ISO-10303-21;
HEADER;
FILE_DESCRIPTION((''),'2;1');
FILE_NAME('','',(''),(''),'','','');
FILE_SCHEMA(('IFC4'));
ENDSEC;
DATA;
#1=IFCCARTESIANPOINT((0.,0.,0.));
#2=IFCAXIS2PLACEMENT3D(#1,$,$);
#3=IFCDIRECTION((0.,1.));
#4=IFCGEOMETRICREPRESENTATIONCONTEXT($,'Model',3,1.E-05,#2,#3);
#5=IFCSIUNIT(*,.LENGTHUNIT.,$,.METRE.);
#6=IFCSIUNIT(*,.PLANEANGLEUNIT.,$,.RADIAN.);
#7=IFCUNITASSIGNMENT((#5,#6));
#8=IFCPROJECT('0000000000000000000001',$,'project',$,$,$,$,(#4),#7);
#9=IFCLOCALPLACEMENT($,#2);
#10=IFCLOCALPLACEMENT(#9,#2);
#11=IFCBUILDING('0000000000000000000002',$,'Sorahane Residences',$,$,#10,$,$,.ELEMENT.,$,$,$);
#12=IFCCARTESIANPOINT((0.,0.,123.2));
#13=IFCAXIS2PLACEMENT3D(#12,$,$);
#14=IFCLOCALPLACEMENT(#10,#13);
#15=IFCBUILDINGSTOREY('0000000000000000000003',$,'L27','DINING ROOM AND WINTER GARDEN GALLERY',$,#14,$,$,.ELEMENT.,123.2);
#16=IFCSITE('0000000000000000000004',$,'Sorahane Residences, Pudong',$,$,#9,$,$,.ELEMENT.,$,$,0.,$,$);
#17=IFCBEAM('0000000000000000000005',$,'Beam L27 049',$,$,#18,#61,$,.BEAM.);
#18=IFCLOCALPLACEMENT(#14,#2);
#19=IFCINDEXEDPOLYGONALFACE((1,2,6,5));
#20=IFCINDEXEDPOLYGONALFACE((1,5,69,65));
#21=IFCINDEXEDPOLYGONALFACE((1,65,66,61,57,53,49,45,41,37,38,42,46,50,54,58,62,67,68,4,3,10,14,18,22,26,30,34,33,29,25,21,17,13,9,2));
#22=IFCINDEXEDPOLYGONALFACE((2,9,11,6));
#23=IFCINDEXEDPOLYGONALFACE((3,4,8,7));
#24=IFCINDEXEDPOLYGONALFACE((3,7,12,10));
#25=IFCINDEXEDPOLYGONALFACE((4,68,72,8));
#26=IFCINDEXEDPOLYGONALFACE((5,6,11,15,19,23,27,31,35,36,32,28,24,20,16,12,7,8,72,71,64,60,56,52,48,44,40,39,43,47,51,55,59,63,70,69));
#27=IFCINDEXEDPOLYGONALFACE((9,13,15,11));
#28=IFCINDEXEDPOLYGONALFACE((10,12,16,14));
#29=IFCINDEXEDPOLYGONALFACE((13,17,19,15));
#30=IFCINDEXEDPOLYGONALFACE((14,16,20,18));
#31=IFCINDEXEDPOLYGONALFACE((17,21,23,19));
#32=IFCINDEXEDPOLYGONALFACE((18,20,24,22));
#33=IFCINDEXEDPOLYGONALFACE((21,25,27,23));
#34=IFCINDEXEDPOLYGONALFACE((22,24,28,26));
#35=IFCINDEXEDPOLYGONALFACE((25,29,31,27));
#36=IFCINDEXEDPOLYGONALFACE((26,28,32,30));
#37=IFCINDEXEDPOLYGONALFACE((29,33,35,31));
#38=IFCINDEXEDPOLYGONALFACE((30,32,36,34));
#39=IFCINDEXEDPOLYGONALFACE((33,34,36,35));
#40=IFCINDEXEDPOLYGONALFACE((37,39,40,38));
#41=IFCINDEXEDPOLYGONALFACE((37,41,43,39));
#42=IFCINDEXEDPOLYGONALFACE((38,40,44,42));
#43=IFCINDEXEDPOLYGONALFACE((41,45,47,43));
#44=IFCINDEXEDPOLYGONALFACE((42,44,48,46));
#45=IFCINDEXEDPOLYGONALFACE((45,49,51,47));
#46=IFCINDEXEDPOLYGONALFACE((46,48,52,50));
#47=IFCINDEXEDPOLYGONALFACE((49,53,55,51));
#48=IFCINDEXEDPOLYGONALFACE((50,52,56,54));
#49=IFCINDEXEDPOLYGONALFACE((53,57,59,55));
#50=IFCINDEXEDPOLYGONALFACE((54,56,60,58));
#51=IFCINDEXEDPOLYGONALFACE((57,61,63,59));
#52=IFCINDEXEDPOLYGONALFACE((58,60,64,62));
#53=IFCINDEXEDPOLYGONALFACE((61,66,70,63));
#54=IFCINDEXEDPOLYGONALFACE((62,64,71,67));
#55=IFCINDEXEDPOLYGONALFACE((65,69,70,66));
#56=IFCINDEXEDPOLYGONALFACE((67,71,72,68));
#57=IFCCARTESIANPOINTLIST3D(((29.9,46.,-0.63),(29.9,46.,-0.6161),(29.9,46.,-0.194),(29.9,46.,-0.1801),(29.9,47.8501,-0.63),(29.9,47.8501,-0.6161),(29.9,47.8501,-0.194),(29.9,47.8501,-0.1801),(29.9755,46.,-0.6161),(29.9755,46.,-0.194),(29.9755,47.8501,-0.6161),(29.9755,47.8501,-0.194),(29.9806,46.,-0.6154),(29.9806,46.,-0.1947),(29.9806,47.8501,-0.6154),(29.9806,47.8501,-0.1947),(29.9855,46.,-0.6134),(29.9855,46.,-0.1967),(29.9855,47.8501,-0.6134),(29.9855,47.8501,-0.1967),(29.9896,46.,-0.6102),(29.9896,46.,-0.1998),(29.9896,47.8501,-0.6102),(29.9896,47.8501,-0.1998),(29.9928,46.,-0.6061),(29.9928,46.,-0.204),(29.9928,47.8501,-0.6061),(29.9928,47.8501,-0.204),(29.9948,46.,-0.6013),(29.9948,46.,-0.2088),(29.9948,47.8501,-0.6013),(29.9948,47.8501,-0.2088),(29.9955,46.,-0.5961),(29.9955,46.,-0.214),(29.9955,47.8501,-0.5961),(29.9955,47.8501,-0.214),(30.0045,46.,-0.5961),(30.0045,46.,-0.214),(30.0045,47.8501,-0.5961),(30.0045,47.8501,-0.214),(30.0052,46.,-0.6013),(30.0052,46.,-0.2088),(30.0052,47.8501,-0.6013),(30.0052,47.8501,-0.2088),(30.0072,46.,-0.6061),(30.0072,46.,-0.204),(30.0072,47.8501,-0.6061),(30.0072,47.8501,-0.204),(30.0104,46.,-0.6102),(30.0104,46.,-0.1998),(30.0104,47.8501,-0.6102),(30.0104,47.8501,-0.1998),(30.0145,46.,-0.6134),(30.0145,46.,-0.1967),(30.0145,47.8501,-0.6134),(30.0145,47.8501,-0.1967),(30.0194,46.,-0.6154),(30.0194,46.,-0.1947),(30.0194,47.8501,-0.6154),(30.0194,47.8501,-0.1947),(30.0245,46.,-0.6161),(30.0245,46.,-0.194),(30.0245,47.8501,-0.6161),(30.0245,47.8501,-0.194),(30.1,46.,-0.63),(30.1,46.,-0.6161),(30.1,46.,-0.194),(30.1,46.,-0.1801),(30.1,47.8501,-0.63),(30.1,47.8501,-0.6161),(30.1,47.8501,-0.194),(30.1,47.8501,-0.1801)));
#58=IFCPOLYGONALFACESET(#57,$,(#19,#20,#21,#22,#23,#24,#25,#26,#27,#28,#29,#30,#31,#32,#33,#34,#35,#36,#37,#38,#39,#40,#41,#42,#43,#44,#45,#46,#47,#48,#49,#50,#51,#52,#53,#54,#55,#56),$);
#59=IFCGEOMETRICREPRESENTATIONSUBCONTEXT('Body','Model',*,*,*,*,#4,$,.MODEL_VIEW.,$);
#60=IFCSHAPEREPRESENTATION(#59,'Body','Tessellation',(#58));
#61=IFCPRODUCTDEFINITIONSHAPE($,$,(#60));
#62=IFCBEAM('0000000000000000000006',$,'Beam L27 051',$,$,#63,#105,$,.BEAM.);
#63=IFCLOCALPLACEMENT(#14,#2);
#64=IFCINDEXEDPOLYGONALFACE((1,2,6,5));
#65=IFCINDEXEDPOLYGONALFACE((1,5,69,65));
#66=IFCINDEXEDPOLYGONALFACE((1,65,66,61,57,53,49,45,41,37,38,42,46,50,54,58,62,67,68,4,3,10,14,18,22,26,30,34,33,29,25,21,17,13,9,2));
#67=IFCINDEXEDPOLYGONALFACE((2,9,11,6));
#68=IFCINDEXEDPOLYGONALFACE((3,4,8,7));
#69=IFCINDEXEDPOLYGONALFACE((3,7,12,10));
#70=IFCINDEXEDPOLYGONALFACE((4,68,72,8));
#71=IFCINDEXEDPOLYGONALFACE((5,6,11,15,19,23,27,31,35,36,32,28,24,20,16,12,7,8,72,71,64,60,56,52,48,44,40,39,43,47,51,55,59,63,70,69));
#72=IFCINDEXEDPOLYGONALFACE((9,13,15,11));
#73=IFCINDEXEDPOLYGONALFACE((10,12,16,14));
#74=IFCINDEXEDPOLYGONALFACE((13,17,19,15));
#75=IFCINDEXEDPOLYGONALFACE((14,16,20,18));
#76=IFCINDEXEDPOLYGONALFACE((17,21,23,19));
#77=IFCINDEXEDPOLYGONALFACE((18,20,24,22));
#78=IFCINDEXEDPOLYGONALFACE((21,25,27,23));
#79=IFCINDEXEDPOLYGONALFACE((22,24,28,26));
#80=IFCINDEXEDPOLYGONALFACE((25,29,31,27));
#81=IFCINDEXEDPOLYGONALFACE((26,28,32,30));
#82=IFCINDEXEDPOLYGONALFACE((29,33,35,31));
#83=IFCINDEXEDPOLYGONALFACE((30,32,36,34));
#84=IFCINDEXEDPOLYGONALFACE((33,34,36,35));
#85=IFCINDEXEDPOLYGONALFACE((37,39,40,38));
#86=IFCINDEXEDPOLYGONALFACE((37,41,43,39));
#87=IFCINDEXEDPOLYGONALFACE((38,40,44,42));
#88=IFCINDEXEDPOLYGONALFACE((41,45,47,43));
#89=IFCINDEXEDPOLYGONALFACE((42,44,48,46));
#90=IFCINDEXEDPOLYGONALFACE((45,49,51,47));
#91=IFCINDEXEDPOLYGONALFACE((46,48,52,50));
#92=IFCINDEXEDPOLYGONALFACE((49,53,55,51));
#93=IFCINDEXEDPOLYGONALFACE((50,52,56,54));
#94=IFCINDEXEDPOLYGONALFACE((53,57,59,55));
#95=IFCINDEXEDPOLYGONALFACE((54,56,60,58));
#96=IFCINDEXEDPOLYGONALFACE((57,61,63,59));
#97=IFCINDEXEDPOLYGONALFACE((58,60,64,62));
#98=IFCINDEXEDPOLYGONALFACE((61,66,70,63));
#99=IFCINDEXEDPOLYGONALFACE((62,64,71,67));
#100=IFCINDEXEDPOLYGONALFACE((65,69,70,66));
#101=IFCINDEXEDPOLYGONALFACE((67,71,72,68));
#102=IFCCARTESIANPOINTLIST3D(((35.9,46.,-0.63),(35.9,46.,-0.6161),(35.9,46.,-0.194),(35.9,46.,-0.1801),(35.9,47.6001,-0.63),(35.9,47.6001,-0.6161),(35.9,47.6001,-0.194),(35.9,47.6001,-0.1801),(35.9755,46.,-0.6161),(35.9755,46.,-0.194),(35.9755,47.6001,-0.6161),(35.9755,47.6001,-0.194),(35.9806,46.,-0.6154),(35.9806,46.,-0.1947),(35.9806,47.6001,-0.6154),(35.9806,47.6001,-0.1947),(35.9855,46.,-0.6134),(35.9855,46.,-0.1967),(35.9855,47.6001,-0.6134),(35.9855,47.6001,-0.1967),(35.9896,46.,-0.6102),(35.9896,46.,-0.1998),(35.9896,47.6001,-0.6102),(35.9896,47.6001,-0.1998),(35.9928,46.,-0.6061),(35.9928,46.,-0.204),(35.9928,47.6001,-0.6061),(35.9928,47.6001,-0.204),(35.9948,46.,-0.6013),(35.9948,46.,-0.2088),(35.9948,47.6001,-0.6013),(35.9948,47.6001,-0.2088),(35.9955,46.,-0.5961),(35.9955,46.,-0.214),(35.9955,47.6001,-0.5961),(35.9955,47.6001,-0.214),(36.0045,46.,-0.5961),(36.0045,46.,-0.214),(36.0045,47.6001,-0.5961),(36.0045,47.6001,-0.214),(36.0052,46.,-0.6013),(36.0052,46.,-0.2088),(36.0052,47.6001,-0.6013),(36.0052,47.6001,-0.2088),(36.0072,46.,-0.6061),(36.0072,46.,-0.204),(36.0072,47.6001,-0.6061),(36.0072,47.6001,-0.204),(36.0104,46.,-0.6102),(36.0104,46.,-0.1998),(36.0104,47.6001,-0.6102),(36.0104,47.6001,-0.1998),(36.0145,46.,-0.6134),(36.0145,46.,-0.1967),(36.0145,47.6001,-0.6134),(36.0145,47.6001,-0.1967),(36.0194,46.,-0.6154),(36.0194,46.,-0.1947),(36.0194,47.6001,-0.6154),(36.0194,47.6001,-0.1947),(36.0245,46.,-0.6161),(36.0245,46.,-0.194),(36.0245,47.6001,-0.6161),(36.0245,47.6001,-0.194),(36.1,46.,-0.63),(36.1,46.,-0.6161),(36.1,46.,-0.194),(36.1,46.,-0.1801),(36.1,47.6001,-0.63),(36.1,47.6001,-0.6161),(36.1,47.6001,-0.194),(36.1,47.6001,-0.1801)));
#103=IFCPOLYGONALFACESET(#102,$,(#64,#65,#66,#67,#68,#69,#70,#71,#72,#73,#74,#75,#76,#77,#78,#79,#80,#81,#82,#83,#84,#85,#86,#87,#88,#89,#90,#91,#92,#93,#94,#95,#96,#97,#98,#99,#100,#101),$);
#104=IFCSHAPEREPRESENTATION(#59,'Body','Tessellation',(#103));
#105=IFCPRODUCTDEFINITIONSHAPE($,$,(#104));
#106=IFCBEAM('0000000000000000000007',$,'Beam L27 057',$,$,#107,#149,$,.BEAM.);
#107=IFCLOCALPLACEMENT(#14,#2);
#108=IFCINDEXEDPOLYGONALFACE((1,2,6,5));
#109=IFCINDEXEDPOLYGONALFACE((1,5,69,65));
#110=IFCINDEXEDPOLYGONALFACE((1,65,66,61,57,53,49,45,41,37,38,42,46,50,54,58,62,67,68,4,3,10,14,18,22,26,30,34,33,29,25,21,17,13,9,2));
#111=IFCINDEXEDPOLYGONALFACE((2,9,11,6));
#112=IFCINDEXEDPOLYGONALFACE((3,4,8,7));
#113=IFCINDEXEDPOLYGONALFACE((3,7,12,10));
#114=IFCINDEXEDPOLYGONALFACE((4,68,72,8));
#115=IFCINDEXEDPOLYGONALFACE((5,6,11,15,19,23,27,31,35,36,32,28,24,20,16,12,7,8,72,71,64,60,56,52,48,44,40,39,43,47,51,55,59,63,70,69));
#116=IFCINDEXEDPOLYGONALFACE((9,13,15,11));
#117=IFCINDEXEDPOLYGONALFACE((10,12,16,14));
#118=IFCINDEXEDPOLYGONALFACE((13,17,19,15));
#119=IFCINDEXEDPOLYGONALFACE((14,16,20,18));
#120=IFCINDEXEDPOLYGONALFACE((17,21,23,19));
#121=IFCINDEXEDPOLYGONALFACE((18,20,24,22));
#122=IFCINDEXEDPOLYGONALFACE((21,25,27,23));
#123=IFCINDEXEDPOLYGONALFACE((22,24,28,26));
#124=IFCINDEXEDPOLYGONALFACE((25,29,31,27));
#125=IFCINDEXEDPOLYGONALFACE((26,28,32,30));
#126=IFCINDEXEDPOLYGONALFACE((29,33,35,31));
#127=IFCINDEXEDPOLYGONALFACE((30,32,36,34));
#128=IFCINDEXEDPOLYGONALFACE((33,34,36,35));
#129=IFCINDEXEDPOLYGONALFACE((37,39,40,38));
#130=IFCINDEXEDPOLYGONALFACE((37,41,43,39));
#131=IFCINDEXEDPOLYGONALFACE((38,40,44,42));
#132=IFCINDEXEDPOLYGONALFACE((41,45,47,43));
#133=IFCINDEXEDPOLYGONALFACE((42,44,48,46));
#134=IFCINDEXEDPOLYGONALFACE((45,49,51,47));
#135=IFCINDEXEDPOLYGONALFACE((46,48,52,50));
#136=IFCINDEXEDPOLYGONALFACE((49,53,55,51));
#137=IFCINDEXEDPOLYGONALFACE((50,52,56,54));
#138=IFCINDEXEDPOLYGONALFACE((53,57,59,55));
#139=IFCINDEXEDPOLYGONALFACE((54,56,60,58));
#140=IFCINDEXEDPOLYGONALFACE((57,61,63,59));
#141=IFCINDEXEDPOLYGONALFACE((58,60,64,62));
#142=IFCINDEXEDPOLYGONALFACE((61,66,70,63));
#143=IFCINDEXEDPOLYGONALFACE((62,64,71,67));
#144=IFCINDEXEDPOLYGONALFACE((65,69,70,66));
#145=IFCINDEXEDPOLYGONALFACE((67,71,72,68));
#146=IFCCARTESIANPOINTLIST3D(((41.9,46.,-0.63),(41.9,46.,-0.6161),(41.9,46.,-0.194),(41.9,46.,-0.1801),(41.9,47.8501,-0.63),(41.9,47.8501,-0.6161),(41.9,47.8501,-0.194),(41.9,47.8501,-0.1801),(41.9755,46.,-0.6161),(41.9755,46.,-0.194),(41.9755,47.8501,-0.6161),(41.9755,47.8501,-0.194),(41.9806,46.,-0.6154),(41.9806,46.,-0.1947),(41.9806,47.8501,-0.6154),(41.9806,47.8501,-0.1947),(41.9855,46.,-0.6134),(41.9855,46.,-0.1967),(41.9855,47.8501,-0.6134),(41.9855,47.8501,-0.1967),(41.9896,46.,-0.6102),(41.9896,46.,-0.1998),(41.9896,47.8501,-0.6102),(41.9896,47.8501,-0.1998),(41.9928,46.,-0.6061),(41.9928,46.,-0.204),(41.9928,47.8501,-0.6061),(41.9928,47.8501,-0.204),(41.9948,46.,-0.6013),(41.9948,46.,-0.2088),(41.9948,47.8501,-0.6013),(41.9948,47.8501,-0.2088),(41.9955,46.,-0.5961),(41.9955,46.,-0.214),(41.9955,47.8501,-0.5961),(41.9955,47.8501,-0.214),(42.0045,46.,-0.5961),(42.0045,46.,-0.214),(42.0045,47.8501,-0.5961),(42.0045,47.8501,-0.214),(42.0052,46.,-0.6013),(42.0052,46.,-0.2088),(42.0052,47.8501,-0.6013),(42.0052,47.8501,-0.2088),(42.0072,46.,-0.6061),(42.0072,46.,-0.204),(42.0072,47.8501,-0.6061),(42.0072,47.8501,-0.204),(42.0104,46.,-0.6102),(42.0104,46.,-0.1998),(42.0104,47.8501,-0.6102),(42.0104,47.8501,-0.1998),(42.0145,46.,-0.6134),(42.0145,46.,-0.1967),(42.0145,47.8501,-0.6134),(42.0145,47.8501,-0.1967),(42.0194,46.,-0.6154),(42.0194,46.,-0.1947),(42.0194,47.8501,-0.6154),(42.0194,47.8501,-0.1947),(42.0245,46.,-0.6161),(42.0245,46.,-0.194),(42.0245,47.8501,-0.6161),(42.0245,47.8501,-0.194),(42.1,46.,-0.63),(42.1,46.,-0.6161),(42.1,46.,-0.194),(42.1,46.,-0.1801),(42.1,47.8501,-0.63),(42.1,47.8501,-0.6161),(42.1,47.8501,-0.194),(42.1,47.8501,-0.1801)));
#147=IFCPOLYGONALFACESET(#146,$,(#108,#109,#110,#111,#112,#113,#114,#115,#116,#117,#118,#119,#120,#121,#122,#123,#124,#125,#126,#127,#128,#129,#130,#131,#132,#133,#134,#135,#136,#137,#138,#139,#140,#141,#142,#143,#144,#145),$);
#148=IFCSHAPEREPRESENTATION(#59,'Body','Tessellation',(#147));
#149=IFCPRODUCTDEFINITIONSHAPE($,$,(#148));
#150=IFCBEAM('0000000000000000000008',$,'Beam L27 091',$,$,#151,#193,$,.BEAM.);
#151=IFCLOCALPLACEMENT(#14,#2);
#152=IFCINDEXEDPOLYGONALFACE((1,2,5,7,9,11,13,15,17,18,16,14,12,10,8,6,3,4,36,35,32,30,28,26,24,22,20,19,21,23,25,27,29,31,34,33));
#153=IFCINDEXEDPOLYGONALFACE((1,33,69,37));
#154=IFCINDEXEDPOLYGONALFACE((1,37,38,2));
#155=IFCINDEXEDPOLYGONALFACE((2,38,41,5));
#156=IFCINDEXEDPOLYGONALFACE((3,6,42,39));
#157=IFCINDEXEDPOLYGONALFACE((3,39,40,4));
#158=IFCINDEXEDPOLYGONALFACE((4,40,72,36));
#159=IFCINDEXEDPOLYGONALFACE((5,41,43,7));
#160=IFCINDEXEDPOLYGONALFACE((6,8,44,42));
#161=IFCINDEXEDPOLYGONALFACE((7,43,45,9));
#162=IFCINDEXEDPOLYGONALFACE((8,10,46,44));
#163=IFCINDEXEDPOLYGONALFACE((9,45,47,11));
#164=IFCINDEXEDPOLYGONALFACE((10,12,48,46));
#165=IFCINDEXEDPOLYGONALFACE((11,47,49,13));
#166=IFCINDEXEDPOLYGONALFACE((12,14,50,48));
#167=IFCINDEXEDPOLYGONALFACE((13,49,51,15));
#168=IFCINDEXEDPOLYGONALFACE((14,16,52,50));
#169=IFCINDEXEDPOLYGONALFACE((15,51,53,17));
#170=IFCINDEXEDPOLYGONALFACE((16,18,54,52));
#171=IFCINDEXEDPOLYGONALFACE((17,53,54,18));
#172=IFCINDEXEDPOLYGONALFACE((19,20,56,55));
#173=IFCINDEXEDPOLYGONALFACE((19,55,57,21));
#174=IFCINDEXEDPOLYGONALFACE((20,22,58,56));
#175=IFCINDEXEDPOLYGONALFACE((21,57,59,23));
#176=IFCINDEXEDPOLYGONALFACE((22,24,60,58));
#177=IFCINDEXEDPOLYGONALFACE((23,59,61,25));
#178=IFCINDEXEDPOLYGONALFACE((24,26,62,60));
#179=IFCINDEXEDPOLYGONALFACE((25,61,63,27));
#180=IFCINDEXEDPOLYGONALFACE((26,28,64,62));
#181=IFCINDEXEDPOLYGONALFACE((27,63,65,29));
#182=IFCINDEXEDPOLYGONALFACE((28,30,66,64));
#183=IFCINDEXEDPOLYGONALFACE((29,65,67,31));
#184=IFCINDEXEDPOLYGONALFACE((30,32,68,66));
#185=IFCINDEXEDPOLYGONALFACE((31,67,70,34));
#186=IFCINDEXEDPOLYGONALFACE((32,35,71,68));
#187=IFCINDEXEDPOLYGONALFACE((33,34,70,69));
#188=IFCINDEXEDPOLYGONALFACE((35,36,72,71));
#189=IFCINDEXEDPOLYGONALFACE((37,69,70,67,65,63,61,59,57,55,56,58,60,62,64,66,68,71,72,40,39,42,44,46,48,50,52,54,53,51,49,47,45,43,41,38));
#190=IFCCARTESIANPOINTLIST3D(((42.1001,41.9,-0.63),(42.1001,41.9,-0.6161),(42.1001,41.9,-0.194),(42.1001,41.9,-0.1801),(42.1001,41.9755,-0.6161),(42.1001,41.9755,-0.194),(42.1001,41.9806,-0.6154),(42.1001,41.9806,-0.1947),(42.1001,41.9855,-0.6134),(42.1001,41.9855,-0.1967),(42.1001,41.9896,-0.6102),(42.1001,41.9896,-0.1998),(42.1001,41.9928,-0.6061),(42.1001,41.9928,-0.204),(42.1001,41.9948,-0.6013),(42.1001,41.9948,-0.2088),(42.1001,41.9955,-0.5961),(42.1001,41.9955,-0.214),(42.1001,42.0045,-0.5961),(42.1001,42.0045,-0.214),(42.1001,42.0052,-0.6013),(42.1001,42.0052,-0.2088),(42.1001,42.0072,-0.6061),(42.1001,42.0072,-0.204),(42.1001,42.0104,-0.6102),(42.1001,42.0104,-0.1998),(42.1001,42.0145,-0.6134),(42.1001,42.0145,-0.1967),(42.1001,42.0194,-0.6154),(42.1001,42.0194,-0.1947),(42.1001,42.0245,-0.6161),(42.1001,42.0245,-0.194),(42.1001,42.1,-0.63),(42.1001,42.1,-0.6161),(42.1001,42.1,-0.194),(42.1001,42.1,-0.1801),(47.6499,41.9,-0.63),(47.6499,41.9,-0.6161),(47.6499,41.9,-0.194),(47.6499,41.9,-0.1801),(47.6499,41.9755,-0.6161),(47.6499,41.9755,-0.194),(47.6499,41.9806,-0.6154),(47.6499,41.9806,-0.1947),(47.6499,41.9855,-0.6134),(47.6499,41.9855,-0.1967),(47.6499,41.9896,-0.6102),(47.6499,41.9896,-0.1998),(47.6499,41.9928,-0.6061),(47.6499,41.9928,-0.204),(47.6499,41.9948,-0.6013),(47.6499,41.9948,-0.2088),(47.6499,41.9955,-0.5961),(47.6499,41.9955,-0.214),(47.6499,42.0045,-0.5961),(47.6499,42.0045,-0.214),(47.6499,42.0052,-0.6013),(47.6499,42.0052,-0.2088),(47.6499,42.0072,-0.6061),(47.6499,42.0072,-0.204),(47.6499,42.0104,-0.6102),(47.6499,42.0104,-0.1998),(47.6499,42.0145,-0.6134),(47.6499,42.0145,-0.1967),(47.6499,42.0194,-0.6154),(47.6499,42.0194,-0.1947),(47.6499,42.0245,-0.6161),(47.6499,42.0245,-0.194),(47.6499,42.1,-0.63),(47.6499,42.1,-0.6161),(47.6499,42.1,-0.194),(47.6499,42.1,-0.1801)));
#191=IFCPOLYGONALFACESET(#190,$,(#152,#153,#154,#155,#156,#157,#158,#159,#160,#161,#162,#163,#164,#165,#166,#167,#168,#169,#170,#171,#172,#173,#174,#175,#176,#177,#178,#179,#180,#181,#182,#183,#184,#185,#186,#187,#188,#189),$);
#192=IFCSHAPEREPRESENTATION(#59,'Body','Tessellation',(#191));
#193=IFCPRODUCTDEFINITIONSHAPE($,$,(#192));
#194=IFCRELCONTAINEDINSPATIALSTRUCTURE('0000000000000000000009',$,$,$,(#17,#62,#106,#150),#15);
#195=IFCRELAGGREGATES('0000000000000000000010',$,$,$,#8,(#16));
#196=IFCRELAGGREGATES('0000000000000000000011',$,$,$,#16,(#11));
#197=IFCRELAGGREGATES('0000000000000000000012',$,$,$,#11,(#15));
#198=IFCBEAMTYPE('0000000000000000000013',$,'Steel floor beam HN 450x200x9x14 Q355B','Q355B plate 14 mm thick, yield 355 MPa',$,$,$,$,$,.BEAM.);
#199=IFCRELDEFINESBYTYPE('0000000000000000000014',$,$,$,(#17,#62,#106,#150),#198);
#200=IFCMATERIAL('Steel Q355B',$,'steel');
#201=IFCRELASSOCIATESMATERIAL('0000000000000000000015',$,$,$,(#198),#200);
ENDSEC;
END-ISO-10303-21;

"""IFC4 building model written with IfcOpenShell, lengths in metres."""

from ifc_helpers import new_model, si_unit, direction, frame, origin, origin_2d, place, context, subcontext, project, spatial, i_section, extrude, material, material_profile, profile_set, type_object, element, save


model = new_model("IFC4")

# Units and contexts
model_context = context("Model", 3, precision=1e-05, world=origin(), true_north=direction((0.0, 1.0)))
body_context = subcontext(model_context, "Body", "Model", "MODEL_VIEW")
ifc_project = project(units=[si_unit("LENGTHUNIT", "METRE"), si_unit("PLANEANGLEUNIT", "RADIAN")], contexts=[model_context])

# Site, building, storey
site_placement = place(None, origin())
site = spatial("IfcSite", under=ifc_project, at=site_placement, Name="Sorahane Residences, Pudong", CompositionType="ELEMENT", RefElevation=0.0)
building_placement = place(site_placement, origin())
building = spatial("IfcBuilding", under=site, at=building_placement, Name="Sorahane Residences", CompositionType="ELEMENT")
storey_placement = place(building_placement, frame((0.0, 0.0, 123.2)))
storey = spatial("IfcBuildingStorey", under=building, at=storey_placement, Name="L27", Description="DINING ROOM AND WINTER GARDEN GALLERY", CompositionType="ELEMENT", Elevation=123.2)

# Beams
ifc_material_1 = material(Name="Steel Q355B", Category="steel")
ifc_material_profile_1 = material_profile(ifc_material_1, i_section(OverallWidth=0.2, OverallDepth=0.45, WebThickness=0.009, FlangeThickness=0.0139, FilletRadius=0.02, at=origin_2d()), Name="HN 450x200x9x14")
ifc_profile_set_1 = profile_set([ifc_material_profile_1], Name="Steel Q355B")
beam_type_1 = type_object("IfcBeamType", Name="Steel floor beam HN 450x200x9x14 Q355B", Description="Q355B plate 14 mm thick, yield 355 MPa", PredefinedType="BEAM", material=ifc_profile_set_1)
beam_1_placement = place(storey_placement, frame((30.0, 46.0, -0.405), z_axis=(0.0, 1.0, 0.0), x_axis=(-1.0, 0.0, 0.0)))
element("IfcBeam", 1, at=beam_1_placement, inside=storey, type_object=beam_type_1, Name="Beam L27 049", PredefinedType="BEAM", context=body_context, shape_type="SweptSolid", body=[
    extrude(i_section(OverallWidth=0.2, OverallDepth=0.45, WebThickness=0.009, FlangeThickness=0.0139, FilletRadius=0.02, at=origin_2d()), origin(), (0.0, 0.0, 1.0), 1.8501),
])
beam_2_placement = place(storey_placement, frame((36.0, 46.0, -0.405), z_axis=(0.0, 1.0, 0.0), x_axis=(-1.0, 0.0, 0.0)))
element("IfcBeam", 2, at=beam_2_placement, inside=storey, type_object=beam_type_1, Name="Beam L27 051", PredefinedType="BEAM", context=body_context, shape_type="SweptSolid", body=[
    extrude(i_section(OverallWidth=0.2, OverallDepth=0.45, WebThickness=0.009, FlangeThickness=0.0139, FilletRadius=0.02, at=origin_2d()), origin(), (0.0, 0.0, 1.0), 1.6001),
])
beam_3_placement = place(storey_placement, frame((42.0, 46.0, -0.405), z_axis=(0.0, 1.0, 0.0), x_axis=(-1.0, 0.0, 0.0)))
element("IfcBeam", 3, at=beam_3_placement, inside=storey, type_object=beam_type_1, Name="Beam L27 057", PredefinedType="BEAM", context=body_context, shape_type="SweptSolid", body=[
    extrude(i_section(OverallWidth=0.2, OverallDepth=0.45, WebThickness=0.009, FlangeThickness=0.0139, FilletRadius=0.02, at=origin_2d()), origin(), (0.0, 0.0, 1.0), 1.8501),
])
beam_4_placement = place(storey_placement, frame((42.1001, 42.0, -0.405), z_axis=(1.0, 0.0, 0.0), x_axis=(0.0, 1.0, 0.0)))
element("IfcBeam", 4, at=beam_4_placement, inside=storey, type_object=beam_type_1, Name="Beam L27 091", PredefinedType="BEAM", context=body_context, shape_type="SweptSolid", body=[
    extrude(i_section(OverallWidth=0.2, OverallDepth=0.45, WebThickness=0.009, FlangeThickness=0.0139, FilletRadius=0.02, at=origin_2d()), origin(), (0.0, 0.0, 1.0), 5.5498),
])

save(model, "model.ifc")
